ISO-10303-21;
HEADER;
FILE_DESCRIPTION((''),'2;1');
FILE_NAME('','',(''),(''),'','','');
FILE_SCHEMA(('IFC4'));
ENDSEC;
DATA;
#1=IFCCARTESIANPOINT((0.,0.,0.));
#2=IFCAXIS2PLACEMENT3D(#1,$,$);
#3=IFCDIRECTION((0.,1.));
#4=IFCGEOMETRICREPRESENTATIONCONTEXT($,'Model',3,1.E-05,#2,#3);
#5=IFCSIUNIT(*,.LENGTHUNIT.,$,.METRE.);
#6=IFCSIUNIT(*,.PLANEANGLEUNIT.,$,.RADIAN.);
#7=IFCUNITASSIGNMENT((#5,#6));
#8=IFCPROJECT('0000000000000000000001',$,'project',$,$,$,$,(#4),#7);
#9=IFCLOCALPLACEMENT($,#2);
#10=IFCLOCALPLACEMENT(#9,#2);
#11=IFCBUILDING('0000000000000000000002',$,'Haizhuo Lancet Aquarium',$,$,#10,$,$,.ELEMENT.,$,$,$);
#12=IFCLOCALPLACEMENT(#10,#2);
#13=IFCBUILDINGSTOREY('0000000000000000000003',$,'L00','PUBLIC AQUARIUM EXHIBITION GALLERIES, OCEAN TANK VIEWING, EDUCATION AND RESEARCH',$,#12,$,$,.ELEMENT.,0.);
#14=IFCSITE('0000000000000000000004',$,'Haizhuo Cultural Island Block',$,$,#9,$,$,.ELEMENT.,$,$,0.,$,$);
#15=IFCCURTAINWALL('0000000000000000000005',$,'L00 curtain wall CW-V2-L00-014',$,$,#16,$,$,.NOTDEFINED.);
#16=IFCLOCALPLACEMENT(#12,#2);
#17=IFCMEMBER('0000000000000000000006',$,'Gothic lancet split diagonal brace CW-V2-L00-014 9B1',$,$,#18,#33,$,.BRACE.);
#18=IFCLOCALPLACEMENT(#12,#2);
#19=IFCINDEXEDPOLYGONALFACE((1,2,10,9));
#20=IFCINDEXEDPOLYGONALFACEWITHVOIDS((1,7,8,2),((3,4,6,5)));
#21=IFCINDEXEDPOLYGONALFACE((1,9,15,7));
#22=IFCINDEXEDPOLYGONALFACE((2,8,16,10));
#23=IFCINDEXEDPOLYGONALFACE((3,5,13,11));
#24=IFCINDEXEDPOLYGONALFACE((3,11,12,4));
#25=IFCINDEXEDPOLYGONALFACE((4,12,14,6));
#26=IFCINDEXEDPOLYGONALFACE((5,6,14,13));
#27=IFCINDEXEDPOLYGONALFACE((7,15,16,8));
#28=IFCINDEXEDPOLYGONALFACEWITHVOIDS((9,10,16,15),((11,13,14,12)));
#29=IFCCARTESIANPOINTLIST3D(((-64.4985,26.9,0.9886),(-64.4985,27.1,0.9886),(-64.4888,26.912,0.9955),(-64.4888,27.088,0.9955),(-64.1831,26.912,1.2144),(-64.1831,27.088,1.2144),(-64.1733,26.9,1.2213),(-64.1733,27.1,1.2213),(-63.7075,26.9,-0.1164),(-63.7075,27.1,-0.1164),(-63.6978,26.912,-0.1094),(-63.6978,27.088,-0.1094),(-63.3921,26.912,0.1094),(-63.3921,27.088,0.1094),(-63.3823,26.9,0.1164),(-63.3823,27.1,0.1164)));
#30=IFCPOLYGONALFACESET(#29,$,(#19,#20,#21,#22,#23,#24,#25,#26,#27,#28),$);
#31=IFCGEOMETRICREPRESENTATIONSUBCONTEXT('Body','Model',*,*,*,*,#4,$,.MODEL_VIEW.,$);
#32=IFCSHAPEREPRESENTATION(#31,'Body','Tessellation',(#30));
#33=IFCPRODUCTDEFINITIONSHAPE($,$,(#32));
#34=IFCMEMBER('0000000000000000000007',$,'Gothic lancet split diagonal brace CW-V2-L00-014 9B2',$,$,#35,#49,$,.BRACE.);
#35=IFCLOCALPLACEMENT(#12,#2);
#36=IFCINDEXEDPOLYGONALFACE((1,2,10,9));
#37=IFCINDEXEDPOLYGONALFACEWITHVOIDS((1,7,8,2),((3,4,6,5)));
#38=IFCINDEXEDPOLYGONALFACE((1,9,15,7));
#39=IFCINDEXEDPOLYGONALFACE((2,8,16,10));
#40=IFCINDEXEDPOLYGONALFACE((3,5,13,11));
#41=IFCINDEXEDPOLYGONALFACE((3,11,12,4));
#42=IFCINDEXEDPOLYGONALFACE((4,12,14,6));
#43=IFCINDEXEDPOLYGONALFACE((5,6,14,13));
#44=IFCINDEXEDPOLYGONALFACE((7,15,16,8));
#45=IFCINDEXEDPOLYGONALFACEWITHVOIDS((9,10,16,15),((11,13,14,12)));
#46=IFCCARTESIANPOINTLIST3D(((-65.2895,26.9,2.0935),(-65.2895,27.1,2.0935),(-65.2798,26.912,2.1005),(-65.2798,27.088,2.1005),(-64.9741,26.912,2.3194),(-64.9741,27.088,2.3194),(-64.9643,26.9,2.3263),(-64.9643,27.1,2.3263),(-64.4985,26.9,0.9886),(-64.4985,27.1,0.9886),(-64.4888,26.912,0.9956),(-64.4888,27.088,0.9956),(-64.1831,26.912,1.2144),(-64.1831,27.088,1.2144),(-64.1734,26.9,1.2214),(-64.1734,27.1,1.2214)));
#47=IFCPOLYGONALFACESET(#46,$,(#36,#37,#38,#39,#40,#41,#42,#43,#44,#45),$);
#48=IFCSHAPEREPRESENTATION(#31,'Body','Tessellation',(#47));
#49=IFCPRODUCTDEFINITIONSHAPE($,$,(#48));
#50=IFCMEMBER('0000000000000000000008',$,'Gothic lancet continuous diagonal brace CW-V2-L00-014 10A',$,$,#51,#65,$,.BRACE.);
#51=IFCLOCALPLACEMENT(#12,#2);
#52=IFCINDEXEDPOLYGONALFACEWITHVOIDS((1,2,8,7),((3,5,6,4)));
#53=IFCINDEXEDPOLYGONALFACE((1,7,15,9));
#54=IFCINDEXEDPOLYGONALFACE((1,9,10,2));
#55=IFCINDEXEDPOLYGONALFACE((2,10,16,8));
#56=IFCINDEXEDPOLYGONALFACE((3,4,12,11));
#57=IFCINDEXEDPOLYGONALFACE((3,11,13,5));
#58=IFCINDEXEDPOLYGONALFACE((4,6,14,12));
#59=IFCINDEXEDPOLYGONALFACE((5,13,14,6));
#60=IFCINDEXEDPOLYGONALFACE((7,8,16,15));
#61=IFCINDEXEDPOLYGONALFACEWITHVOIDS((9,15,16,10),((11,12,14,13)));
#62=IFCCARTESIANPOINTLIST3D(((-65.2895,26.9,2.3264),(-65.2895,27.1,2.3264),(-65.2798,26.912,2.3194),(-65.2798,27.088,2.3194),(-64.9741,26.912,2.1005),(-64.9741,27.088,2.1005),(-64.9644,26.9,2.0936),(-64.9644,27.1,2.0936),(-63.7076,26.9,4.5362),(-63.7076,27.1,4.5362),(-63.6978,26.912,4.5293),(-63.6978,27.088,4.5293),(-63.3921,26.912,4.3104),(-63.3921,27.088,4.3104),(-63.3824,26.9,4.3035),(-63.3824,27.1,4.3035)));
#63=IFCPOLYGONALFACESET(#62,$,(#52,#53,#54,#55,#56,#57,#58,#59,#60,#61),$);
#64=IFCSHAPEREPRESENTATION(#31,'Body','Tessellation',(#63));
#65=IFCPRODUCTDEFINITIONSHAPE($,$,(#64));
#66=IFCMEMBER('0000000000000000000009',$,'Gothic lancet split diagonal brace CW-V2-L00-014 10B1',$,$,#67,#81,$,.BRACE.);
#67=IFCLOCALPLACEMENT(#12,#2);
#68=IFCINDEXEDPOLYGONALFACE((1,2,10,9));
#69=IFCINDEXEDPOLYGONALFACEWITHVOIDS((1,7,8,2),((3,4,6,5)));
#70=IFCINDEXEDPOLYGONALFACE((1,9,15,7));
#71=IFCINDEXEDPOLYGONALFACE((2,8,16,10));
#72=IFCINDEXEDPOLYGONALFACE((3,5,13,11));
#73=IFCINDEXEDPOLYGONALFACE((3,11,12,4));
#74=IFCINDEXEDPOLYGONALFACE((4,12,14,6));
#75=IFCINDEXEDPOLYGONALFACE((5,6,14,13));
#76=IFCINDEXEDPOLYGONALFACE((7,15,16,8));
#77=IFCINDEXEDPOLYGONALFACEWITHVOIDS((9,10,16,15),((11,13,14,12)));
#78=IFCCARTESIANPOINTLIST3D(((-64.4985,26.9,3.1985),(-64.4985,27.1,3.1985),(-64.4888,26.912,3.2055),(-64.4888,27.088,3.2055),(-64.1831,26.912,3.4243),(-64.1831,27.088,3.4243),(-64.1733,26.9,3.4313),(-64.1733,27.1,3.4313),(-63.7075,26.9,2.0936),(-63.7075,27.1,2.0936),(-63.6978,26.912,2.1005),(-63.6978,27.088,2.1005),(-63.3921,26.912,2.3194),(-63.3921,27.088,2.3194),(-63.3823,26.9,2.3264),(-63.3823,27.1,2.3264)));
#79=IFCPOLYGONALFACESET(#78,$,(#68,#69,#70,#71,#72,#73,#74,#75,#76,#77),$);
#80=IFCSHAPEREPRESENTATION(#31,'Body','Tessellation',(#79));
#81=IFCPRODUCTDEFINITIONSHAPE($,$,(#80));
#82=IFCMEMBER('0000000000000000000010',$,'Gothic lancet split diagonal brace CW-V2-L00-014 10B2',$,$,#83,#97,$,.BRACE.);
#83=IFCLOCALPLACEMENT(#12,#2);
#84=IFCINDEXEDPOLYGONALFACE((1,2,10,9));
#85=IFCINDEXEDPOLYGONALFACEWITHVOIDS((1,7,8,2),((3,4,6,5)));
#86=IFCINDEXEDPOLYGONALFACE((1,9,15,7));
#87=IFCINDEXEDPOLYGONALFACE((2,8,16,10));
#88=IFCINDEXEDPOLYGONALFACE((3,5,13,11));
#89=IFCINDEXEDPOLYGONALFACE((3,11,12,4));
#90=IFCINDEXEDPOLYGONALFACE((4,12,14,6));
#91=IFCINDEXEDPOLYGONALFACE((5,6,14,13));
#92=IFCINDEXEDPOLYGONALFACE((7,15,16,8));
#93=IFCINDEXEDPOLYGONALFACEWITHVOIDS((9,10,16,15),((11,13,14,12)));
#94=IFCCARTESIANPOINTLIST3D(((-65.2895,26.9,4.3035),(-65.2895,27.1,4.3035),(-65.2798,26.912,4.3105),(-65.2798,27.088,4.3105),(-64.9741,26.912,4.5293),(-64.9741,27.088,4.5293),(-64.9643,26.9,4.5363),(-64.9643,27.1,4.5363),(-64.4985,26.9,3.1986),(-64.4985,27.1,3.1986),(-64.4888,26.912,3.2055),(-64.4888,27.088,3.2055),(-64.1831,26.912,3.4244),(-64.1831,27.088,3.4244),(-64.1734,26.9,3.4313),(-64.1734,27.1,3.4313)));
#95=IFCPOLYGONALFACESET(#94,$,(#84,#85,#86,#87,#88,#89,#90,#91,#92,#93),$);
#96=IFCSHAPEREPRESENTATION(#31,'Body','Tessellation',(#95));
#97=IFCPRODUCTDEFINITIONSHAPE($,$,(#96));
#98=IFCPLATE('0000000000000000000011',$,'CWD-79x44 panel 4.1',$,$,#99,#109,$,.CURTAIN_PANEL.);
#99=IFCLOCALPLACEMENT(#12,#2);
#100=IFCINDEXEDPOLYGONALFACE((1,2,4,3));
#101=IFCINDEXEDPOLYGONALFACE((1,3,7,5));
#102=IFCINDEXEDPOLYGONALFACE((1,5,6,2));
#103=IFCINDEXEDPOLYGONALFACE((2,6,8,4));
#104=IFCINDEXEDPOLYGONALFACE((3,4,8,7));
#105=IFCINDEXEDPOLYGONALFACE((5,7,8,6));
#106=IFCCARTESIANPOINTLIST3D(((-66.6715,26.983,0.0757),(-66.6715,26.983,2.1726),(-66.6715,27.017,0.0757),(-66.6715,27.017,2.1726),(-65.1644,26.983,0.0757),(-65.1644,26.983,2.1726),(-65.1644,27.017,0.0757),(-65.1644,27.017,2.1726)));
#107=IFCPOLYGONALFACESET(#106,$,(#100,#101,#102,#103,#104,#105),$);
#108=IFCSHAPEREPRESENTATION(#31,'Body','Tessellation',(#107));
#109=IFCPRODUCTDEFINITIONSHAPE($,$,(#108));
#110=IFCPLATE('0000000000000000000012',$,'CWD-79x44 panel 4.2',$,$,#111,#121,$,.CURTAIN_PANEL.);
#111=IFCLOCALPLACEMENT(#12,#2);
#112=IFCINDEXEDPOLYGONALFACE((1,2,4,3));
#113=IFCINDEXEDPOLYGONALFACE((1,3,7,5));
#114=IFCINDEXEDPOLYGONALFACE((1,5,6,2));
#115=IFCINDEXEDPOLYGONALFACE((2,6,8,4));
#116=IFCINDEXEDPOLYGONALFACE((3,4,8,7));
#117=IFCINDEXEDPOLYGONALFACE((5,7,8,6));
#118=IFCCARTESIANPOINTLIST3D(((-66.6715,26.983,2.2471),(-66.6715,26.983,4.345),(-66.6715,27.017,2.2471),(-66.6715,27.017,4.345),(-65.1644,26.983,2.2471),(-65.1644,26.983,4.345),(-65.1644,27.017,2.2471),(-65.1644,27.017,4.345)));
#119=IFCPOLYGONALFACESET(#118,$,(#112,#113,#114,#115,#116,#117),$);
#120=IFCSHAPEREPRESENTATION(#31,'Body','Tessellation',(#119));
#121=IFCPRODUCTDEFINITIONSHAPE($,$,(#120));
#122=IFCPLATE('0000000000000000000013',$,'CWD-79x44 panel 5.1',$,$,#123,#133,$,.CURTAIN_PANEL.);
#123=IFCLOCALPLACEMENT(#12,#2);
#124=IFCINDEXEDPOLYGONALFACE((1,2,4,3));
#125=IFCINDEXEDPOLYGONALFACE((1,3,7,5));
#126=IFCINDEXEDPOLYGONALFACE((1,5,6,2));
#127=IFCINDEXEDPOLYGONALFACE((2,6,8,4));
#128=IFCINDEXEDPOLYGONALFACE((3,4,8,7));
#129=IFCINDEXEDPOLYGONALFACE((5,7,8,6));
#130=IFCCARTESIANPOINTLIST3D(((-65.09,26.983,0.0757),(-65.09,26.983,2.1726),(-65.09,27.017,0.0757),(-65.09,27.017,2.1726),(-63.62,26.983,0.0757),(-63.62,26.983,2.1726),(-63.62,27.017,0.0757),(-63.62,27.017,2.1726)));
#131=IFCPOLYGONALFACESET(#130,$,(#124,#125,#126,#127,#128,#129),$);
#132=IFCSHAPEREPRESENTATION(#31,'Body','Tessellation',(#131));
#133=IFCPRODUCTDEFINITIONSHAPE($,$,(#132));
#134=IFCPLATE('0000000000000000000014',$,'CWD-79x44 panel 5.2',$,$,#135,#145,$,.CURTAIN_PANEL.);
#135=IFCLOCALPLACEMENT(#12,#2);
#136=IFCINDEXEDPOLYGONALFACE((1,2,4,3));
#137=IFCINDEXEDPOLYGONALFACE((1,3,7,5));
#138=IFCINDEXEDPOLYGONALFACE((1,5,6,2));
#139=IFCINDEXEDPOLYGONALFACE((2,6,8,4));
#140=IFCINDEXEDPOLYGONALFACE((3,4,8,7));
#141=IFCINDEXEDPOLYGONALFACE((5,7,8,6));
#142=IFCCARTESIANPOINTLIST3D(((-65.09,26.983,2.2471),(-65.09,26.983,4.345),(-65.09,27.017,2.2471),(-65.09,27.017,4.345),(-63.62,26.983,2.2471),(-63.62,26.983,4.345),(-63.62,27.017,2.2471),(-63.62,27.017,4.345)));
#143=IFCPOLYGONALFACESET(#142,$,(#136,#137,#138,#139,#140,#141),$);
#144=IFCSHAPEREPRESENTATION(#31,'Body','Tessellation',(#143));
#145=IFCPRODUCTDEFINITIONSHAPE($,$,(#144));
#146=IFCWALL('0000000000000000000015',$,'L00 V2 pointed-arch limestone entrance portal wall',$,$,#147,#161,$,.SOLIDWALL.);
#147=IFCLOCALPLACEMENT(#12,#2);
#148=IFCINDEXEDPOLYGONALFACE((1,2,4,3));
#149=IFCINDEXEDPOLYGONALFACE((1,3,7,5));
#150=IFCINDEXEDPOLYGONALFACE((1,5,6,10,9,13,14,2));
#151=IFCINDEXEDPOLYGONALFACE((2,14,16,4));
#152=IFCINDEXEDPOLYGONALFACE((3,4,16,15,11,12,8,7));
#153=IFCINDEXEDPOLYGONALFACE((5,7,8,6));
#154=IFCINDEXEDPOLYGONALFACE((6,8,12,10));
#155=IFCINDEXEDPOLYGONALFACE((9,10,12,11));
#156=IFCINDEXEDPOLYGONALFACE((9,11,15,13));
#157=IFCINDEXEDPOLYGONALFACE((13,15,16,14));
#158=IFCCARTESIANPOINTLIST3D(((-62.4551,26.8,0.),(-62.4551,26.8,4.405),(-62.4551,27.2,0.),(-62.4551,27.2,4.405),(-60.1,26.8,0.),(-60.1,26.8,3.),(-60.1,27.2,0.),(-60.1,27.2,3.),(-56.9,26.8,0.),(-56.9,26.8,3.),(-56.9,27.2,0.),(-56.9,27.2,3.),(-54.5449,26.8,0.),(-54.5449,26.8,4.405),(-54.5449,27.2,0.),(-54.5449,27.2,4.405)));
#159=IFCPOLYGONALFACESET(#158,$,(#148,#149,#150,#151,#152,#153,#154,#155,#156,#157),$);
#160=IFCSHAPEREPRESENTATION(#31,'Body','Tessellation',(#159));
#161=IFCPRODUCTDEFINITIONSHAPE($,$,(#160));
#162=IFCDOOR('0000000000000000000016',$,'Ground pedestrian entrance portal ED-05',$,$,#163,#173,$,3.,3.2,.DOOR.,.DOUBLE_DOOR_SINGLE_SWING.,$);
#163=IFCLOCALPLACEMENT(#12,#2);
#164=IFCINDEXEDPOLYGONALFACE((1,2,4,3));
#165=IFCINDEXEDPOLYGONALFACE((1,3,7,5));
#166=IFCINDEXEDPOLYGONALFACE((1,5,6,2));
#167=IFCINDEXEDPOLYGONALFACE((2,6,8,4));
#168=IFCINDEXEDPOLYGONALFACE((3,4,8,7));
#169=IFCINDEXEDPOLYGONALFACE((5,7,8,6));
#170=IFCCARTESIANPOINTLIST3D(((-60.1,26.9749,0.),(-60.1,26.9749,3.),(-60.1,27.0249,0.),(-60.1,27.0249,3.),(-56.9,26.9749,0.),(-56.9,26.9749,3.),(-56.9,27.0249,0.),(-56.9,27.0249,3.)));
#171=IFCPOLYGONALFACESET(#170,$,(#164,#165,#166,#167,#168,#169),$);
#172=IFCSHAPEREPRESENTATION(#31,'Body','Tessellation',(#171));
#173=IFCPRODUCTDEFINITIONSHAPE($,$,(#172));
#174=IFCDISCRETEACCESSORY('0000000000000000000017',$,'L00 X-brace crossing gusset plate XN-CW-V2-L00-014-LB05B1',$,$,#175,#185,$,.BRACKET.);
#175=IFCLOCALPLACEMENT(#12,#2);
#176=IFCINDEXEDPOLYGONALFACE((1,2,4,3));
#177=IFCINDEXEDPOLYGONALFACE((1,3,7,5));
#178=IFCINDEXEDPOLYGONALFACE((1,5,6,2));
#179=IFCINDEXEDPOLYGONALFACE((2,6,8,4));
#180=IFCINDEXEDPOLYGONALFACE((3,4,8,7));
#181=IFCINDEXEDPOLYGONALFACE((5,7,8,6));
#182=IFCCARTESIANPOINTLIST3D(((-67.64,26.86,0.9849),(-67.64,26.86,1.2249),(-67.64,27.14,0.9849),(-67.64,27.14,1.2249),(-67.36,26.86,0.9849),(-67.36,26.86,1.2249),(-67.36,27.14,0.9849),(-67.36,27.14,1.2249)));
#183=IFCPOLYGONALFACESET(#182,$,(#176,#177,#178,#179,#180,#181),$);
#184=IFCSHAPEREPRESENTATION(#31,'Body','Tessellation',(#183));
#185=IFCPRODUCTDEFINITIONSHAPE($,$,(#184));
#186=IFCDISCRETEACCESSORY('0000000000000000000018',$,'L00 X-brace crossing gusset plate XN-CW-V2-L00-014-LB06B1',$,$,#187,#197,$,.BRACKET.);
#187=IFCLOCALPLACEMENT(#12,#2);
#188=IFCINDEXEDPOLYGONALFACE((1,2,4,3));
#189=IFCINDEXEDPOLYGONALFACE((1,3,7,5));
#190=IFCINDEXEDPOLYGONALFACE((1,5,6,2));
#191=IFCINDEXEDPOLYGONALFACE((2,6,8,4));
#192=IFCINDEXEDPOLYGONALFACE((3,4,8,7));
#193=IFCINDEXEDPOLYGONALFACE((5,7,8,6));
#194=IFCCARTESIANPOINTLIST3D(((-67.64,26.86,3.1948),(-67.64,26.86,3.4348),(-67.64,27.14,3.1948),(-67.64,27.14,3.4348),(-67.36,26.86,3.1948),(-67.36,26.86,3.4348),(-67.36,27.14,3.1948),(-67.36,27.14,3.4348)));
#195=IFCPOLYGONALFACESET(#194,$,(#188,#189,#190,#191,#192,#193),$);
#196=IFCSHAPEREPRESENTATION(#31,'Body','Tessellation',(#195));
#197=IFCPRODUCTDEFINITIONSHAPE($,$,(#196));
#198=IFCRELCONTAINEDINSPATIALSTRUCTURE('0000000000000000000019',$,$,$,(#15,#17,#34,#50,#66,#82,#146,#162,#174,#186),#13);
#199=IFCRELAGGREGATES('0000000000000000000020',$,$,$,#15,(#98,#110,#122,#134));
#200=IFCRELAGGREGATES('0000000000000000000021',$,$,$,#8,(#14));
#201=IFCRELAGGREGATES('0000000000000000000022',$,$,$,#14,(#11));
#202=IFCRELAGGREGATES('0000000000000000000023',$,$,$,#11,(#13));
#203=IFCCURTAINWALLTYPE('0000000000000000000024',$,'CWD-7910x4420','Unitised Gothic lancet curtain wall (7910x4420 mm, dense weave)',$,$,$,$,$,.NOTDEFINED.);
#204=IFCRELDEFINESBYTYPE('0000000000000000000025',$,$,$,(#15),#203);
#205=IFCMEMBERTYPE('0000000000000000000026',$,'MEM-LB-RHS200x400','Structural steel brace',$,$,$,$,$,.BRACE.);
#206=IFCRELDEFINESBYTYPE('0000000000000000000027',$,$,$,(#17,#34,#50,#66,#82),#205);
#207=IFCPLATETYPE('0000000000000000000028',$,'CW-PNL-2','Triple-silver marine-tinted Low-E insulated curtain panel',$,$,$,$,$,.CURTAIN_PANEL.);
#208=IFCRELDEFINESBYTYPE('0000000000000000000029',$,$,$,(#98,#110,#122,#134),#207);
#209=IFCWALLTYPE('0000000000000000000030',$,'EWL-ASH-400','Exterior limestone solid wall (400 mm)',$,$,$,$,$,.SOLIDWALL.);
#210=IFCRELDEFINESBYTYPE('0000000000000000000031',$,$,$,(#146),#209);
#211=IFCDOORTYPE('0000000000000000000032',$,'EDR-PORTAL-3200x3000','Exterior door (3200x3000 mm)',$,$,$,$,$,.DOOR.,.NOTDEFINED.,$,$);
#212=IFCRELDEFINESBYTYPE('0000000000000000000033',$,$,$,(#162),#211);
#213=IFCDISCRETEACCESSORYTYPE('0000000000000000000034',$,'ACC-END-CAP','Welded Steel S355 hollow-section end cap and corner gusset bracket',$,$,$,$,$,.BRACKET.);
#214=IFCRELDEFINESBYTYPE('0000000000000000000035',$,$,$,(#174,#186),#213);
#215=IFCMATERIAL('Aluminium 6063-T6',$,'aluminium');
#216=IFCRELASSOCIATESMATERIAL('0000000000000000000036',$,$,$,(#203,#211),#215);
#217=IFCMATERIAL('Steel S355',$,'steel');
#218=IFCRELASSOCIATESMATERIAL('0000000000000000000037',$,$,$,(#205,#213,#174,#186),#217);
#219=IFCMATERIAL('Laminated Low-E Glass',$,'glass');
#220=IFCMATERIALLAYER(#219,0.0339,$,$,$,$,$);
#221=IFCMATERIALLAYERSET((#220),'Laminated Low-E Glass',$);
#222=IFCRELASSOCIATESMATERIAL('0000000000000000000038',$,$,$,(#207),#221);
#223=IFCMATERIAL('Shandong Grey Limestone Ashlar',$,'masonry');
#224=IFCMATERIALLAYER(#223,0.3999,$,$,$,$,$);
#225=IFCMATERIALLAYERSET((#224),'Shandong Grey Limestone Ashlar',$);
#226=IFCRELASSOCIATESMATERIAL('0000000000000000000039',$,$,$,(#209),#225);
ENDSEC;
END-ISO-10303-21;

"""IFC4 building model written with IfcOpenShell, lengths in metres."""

from ifc_helpers import new_model, si_unit, direction, frame, frame_2d, origin, origin_2d, place, context, subcontext, project, spatial, rectangle, hollow_rectangle, extrude, material, layer, layer_set, material_profile, profile_set, type_object, element, fill, aggregate, save


model = new_model("IFC4")

# Units and contexts
model_context = context("Model", 3, precision=1e-05, world=origin(), true_north=direction((0.0, 1.0)))
body_context = subcontext(model_context, "Body", "Model", "MODEL_VIEW")
ifc_project = project(units=[si_unit("LENGTHUNIT", "METRE"), si_unit("PLANEANGLEUNIT", "RADIAN")], contexts=[model_context])

# Site, building, storey
site_placement = place(None, origin())
site = spatial("IfcSite", under=ifc_project, at=site_placement, Name="Haizhuo Cultural Island Block", CompositionType="ELEMENT", RefElevation=0.0)
building_placement = place(site_placement, origin())
building = spatial("IfcBuilding", under=site, at=building_placement, Name="Haizhuo Lancet Aquarium", CompositionType="ELEMENT")
storey_placement = place(building_placement, origin())
storey = spatial("IfcBuildingStorey", under=building, at=storey_placement, Name="L00", Description="PUBLIC AQUARIUM EXHIBITION GALLERIES, OCEAN TANK VIEWING, EDUCATION AND RESEARCH", CompositionType="ELEMENT", Elevation=0.0)

# Shared definitions
ifc_material_1 = material(Name="Steel S355", Category="steel")

# Curtain wall
ifc_material_2 = material(Name="Aluminium 6063-T6", Category="aluminium")
curtain_wall_type = type_object("IfcCurtainWallType", Name="CWD-7910x4420", Description="Unitised Gothic lancet curtain wall (7910x4420 mm, dense weave)", PredefinedType="NOTDEFINED", material=ifc_material_2)
curtain_wall_placement = place(storey_placement, origin())
curtain_wall = element("IfcCurtainWall", 1, at=curtain_wall_placement, inside=storey, type_object=curtain_wall_type, Name="L00 curtain wall CW-V2-L00-014", PredefinedType="NOTDEFINED")

# Members
ifc_material_profile_1 = material_profile(ifc_material_1, hollow_rectangle(XDim=0.2, YDim=0.3999, WallThickness=0.012, at=origin_2d()), Name="RHS 200x400x12")
ifc_profile_set_1 = profile_set([ifc_material_profile_1], Name="Steel S355")
member_type_1 = type_object("IfcMemberType", Name="MEM-LB-RHS200x400", Description="Structural steel brace", PredefinedType="BRACE", material=ifc_profile_set_1)
for number, where, z_axis, x_axis, name in (
    (2, (-63.5449, 27.0, 0.0), (-0.582088, 0.0, 0.813126), (0.0, -1.0, 0.0), "Gothic lancet split diagonal brace CW-V2-L00-014 9B1"),
    (3, (-64.3359, 27.0, 1.105), (-0.582088, 0.0, 0.813126), (0.0, -1.0, 0.0), "Gothic lancet split diagonal brace CW-V2-L00-014 9B2"),
):
    element("IfcMember", number, at=place(storey_placement, frame(where, z_axis=z_axis, x_axis=x_axis)), inside=storey, type_object=member_type_1, Name=name, PredefinedType="BRACE", context=body_context, shape_type="SweptSolid", body=[
        extrude(hollow_rectangle(XDim=0.2, YDim=0.3999, WallThickness=0.012, at=origin_2d()), origin(), (0.0, 0.0, 1.0), 1.3589),
    ])
member_1_placement = place(storey_placement, frame((-65.127, 27.0, 2.21), z_axis=(0.582088, 0.0, 0.813126), x_axis=(0.0, 1.0, 0.0)))
element("IfcMember", 4, at=member_1_placement, inside=storey, type_object=member_type_1, Name="Gothic lancet continuous diagonal brace CW-V2-L00-014 10A", PredefinedType="BRACE", context=body_context, shape_type="SweptSolid", body=[
    extrude(hollow_rectangle(XDim=0.2, YDim=0.3999, WallThickness=0.012, at=origin_2d()), origin(), (0.0, 0.0, 1.0), 2.7178),
])
for number, where, z_axis, x_axis, name in (
    (5, (-63.5449, 27.0, 2.21), (-0.582088, 0.0, 0.813126), (0.0, -1.0, 0.0), "Gothic lancet split diagonal brace CW-V2-L00-014 10B1"),
    (6, (-64.3359, 27.0, 3.3149), (-0.582088, 0.0, 0.813126), (0.0, -1.0, 0.0), "Gothic lancet split diagonal brace CW-V2-L00-014 10B2"),
):
    element("IfcMember", number, at=place(storey_placement, frame(where, z_axis=z_axis, x_axis=x_axis)), inside=storey, type_object=member_type_1, Name=name, PredefinedType="BRACE", context=body_context, shape_type="SweptSolid", body=[
        extrude(hollow_rectangle(XDim=0.2, YDim=0.3999, WallThickness=0.012, at=origin_2d()), origin(), (0.0, 0.0, 1.0), 1.3589),
    ])

# Plates
ifc_material_3 = material(Name="Laminated Low-E Glass", Category="glass")
ifc_layer_1 = layer(ifc_material_3, 0.0339)
ifc_layer_set_1 = layer_set([ifc_layer_1], Name="Laminated Low-E Glass")
plate_type = type_object("IfcPlateType", Name="CW-PNL-2", Description="Triple-silver marine-tinted Low-E insulated curtain panel", PredefinedType="CURTAIN_PANEL", material=ifc_layer_set_1)
plate_1_placement = place(storey_placement, frame((-65.918, 27.0, 0.0757), z_axis=(0.0, 0.0, 1.0), x_axis=(1.0, 0.0, 0.0)))
plate_1 = element("IfcPlate", 7, at=plate_1_placement, type_object=plate_type, Name="CWD-79x44 panel 4.1", PredefinedType="CURTAIN_PANEL", context=body_context, shape_type="SweptSolid", body=[
    extrude(rectangle(XDim=1.5071, YDim=0.0339, at=origin_2d()), origin(), (0.0, 0.0, 1.0), 2.0969),
])
plate_2_placement = place(storey_placement, frame((-65.918, 27.0, 2.2471), z_axis=(0.0, 0.0, 1.0), x_axis=(1.0, 0.0, 0.0)))
plate_2 = element("IfcPlate", 8, at=plate_2_placement, type_object=plate_type, Name="CWD-79x44 panel 4.2", PredefinedType="CURTAIN_PANEL", context=body_context, shape_type="SweptSolid", body=[
    extrude(rectangle(XDim=1.5071, YDim=0.0339, at=origin_2d()), origin(), (0.0, 0.0, 1.0), 2.0979),
])
plate_3_placement = place(storey_placement, frame((-64.355, 27.0, 0.0757), z_axis=(0.0, 0.0, 1.0), x_axis=(1.0, 0.0, 0.0)))
plate_3 = element("IfcPlate", 9, at=plate_3_placement, type_object=plate_type, Name="CWD-79x44 panel 5.1", PredefinedType="CURTAIN_PANEL", context=body_context, shape_type="SweptSolid", body=[
    extrude(rectangle(XDim=1.47, YDim=0.0339, at=origin_2d()), origin(), (0.0, 0.0, 1.0), 2.0969),
])
plate_4_placement = place(storey_placement, frame((-64.355, 27.0, 2.2471), z_axis=(0.0, 0.0, 1.0), x_axis=(1.0, 0.0, 0.0)))
plate_4 = element("IfcPlate", 10, at=plate_4_placement, type_object=plate_type, Name="CWD-79x44 panel 5.2", PredefinedType="CURTAIN_PANEL", context=body_context, shape_type="SweptSolid", body=[
    extrude(rectangle(XDim=1.47, YDim=0.0339, at=origin_2d()), origin(), (0.0, 0.0, 1.0), 2.0979),
])
aggregate(curtain_wall, [plate_1, plate_2, plate_3, plate_4])

# Wall, opening, door
ifc_material_4 = material(Name="Shandong Grey Limestone Ashlar", Category="masonry")
ifc_layer_2 = layer(ifc_material_4, 0.3999)
ifc_layer_set_2 = layer_set([ifc_layer_2], Name="Shandong Grey Limestone Ashlar")
wall_type = type_object("IfcWallType", Name="EWL-ASH-400", Description="Exterior limestone solid wall (400 mm)", PredefinedType="SOLIDWALL", material=ifc_layer_set_2)
wall_placement = place(storey_placement, frame((-62.4551, 27.0, 0.0), z_axis=(0.0, 0.0, 1.0), x_axis=(1.0, 0.0, 0.0)))
wall = element("IfcWall", 11, at=wall_placement, inside=storey, type_object=wall_type, Name="L00 V2 pointed-arch limestone entrance portal wall", PredefinedType="SOLIDWALL", context=body_context, shape_type="SweptSolid", body=[
    extrude(rectangle(XDim=7.9102, YDim=0.3999, at=frame_2d((3.9551, 0.0))), origin(), (0.0, 0.0, 1.0), 4.405),
])
opening_placement = place(wall_placement, frame((2.355, 0.0, 0.0)))
opening = element("IfcOpeningElement", 12, at=opening_placement, cuts=wall, PredefinedType="OPENING", context=body_context, shape_type="SweptSolid", body=[
    extrude(rectangle(XDim=3.2, YDim=3.0, at=frame_2d((1.6001, 1.5))), frame((0.0, 0.21, 0.0), z_axis=(0.0, -1.0, 0.0), x_axis=(1.0, 0.0, 0.0)), (0.0, 0.0, 1.0), 0.4199),
])
door_type = type_object("IfcDoorType", Name="EDR-PORTAL-3200x3000", Description="Exterior door (3200x3000 mm)", OperationType="NOTDEFINED", PredefinedType="DOOR", material=ifc_material_2)
door_placement = place(opening_placement, origin())
door = element("IfcDoor", 13, at=door_placement, inside=storey, type_object=door_type, Name="Ground pedestrian entrance portal ED-05", OperationType="DOUBLE_DOOR_SINGLE_SWING", OverallHeight=3.0, OverallWidth=3.2, PredefinedType="DOOR", context=body_context, shape_type="SweptSolid", body=[
    extrude(rectangle(XDim=3.2, YDim=3.0, at=frame_2d((1.6001, 1.5))), frame((0.0, 0.0249, 0.0), z_axis=(0.0, -1.0, 0.0), x_axis=(1.0, 0.0, 0.0)), (0.0, 0.0, 1.0), 0.05),
])
fill(opening, door)

# Discrete accessories
discrete_accessory_type = type_object("IfcDiscreteAccessoryType", Name="ACC-END-CAP", Description="Welded Steel S355 hollow-section end cap and corner gusset bracket", PredefinedType="BRACKET", material=ifc_material_1)
for number, where, z_axis, x_axis, name in (
    (14, (-67.5, 27.0, 0.9849), (0.0, 0.0, 1.0), (1.0, 0.0, 0.0), "L00 X-brace crossing gusset plate XN-CW-V2-L00-014-LB05B1"),
    (15, (-67.5, 27.0, 3.1948), (0.0, 0.0, 1.0), (1.0, 0.0, 0.0), "L00 X-brace crossing gusset plate XN-CW-V2-L00-014-LB06B1"),
):
    element("IfcDiscreteAccessory", number, at=place(storey_placement, frame(where, z_axis=z_axis, x_axis=x_axis)), inside=storey, type_object=discrete_accessory_type, material=ifc_material_1, Name=name, PredefinedType="BRACKET", context=body_context, shape_type="SweptSolid", body=[
        extrude(rectangle(XDim=0.28, YDim=0.28, at=origin_2d()), origin(), (0.0, 0.0, 1.0), 0.24),
    ])

save(model, "model.ifc")
